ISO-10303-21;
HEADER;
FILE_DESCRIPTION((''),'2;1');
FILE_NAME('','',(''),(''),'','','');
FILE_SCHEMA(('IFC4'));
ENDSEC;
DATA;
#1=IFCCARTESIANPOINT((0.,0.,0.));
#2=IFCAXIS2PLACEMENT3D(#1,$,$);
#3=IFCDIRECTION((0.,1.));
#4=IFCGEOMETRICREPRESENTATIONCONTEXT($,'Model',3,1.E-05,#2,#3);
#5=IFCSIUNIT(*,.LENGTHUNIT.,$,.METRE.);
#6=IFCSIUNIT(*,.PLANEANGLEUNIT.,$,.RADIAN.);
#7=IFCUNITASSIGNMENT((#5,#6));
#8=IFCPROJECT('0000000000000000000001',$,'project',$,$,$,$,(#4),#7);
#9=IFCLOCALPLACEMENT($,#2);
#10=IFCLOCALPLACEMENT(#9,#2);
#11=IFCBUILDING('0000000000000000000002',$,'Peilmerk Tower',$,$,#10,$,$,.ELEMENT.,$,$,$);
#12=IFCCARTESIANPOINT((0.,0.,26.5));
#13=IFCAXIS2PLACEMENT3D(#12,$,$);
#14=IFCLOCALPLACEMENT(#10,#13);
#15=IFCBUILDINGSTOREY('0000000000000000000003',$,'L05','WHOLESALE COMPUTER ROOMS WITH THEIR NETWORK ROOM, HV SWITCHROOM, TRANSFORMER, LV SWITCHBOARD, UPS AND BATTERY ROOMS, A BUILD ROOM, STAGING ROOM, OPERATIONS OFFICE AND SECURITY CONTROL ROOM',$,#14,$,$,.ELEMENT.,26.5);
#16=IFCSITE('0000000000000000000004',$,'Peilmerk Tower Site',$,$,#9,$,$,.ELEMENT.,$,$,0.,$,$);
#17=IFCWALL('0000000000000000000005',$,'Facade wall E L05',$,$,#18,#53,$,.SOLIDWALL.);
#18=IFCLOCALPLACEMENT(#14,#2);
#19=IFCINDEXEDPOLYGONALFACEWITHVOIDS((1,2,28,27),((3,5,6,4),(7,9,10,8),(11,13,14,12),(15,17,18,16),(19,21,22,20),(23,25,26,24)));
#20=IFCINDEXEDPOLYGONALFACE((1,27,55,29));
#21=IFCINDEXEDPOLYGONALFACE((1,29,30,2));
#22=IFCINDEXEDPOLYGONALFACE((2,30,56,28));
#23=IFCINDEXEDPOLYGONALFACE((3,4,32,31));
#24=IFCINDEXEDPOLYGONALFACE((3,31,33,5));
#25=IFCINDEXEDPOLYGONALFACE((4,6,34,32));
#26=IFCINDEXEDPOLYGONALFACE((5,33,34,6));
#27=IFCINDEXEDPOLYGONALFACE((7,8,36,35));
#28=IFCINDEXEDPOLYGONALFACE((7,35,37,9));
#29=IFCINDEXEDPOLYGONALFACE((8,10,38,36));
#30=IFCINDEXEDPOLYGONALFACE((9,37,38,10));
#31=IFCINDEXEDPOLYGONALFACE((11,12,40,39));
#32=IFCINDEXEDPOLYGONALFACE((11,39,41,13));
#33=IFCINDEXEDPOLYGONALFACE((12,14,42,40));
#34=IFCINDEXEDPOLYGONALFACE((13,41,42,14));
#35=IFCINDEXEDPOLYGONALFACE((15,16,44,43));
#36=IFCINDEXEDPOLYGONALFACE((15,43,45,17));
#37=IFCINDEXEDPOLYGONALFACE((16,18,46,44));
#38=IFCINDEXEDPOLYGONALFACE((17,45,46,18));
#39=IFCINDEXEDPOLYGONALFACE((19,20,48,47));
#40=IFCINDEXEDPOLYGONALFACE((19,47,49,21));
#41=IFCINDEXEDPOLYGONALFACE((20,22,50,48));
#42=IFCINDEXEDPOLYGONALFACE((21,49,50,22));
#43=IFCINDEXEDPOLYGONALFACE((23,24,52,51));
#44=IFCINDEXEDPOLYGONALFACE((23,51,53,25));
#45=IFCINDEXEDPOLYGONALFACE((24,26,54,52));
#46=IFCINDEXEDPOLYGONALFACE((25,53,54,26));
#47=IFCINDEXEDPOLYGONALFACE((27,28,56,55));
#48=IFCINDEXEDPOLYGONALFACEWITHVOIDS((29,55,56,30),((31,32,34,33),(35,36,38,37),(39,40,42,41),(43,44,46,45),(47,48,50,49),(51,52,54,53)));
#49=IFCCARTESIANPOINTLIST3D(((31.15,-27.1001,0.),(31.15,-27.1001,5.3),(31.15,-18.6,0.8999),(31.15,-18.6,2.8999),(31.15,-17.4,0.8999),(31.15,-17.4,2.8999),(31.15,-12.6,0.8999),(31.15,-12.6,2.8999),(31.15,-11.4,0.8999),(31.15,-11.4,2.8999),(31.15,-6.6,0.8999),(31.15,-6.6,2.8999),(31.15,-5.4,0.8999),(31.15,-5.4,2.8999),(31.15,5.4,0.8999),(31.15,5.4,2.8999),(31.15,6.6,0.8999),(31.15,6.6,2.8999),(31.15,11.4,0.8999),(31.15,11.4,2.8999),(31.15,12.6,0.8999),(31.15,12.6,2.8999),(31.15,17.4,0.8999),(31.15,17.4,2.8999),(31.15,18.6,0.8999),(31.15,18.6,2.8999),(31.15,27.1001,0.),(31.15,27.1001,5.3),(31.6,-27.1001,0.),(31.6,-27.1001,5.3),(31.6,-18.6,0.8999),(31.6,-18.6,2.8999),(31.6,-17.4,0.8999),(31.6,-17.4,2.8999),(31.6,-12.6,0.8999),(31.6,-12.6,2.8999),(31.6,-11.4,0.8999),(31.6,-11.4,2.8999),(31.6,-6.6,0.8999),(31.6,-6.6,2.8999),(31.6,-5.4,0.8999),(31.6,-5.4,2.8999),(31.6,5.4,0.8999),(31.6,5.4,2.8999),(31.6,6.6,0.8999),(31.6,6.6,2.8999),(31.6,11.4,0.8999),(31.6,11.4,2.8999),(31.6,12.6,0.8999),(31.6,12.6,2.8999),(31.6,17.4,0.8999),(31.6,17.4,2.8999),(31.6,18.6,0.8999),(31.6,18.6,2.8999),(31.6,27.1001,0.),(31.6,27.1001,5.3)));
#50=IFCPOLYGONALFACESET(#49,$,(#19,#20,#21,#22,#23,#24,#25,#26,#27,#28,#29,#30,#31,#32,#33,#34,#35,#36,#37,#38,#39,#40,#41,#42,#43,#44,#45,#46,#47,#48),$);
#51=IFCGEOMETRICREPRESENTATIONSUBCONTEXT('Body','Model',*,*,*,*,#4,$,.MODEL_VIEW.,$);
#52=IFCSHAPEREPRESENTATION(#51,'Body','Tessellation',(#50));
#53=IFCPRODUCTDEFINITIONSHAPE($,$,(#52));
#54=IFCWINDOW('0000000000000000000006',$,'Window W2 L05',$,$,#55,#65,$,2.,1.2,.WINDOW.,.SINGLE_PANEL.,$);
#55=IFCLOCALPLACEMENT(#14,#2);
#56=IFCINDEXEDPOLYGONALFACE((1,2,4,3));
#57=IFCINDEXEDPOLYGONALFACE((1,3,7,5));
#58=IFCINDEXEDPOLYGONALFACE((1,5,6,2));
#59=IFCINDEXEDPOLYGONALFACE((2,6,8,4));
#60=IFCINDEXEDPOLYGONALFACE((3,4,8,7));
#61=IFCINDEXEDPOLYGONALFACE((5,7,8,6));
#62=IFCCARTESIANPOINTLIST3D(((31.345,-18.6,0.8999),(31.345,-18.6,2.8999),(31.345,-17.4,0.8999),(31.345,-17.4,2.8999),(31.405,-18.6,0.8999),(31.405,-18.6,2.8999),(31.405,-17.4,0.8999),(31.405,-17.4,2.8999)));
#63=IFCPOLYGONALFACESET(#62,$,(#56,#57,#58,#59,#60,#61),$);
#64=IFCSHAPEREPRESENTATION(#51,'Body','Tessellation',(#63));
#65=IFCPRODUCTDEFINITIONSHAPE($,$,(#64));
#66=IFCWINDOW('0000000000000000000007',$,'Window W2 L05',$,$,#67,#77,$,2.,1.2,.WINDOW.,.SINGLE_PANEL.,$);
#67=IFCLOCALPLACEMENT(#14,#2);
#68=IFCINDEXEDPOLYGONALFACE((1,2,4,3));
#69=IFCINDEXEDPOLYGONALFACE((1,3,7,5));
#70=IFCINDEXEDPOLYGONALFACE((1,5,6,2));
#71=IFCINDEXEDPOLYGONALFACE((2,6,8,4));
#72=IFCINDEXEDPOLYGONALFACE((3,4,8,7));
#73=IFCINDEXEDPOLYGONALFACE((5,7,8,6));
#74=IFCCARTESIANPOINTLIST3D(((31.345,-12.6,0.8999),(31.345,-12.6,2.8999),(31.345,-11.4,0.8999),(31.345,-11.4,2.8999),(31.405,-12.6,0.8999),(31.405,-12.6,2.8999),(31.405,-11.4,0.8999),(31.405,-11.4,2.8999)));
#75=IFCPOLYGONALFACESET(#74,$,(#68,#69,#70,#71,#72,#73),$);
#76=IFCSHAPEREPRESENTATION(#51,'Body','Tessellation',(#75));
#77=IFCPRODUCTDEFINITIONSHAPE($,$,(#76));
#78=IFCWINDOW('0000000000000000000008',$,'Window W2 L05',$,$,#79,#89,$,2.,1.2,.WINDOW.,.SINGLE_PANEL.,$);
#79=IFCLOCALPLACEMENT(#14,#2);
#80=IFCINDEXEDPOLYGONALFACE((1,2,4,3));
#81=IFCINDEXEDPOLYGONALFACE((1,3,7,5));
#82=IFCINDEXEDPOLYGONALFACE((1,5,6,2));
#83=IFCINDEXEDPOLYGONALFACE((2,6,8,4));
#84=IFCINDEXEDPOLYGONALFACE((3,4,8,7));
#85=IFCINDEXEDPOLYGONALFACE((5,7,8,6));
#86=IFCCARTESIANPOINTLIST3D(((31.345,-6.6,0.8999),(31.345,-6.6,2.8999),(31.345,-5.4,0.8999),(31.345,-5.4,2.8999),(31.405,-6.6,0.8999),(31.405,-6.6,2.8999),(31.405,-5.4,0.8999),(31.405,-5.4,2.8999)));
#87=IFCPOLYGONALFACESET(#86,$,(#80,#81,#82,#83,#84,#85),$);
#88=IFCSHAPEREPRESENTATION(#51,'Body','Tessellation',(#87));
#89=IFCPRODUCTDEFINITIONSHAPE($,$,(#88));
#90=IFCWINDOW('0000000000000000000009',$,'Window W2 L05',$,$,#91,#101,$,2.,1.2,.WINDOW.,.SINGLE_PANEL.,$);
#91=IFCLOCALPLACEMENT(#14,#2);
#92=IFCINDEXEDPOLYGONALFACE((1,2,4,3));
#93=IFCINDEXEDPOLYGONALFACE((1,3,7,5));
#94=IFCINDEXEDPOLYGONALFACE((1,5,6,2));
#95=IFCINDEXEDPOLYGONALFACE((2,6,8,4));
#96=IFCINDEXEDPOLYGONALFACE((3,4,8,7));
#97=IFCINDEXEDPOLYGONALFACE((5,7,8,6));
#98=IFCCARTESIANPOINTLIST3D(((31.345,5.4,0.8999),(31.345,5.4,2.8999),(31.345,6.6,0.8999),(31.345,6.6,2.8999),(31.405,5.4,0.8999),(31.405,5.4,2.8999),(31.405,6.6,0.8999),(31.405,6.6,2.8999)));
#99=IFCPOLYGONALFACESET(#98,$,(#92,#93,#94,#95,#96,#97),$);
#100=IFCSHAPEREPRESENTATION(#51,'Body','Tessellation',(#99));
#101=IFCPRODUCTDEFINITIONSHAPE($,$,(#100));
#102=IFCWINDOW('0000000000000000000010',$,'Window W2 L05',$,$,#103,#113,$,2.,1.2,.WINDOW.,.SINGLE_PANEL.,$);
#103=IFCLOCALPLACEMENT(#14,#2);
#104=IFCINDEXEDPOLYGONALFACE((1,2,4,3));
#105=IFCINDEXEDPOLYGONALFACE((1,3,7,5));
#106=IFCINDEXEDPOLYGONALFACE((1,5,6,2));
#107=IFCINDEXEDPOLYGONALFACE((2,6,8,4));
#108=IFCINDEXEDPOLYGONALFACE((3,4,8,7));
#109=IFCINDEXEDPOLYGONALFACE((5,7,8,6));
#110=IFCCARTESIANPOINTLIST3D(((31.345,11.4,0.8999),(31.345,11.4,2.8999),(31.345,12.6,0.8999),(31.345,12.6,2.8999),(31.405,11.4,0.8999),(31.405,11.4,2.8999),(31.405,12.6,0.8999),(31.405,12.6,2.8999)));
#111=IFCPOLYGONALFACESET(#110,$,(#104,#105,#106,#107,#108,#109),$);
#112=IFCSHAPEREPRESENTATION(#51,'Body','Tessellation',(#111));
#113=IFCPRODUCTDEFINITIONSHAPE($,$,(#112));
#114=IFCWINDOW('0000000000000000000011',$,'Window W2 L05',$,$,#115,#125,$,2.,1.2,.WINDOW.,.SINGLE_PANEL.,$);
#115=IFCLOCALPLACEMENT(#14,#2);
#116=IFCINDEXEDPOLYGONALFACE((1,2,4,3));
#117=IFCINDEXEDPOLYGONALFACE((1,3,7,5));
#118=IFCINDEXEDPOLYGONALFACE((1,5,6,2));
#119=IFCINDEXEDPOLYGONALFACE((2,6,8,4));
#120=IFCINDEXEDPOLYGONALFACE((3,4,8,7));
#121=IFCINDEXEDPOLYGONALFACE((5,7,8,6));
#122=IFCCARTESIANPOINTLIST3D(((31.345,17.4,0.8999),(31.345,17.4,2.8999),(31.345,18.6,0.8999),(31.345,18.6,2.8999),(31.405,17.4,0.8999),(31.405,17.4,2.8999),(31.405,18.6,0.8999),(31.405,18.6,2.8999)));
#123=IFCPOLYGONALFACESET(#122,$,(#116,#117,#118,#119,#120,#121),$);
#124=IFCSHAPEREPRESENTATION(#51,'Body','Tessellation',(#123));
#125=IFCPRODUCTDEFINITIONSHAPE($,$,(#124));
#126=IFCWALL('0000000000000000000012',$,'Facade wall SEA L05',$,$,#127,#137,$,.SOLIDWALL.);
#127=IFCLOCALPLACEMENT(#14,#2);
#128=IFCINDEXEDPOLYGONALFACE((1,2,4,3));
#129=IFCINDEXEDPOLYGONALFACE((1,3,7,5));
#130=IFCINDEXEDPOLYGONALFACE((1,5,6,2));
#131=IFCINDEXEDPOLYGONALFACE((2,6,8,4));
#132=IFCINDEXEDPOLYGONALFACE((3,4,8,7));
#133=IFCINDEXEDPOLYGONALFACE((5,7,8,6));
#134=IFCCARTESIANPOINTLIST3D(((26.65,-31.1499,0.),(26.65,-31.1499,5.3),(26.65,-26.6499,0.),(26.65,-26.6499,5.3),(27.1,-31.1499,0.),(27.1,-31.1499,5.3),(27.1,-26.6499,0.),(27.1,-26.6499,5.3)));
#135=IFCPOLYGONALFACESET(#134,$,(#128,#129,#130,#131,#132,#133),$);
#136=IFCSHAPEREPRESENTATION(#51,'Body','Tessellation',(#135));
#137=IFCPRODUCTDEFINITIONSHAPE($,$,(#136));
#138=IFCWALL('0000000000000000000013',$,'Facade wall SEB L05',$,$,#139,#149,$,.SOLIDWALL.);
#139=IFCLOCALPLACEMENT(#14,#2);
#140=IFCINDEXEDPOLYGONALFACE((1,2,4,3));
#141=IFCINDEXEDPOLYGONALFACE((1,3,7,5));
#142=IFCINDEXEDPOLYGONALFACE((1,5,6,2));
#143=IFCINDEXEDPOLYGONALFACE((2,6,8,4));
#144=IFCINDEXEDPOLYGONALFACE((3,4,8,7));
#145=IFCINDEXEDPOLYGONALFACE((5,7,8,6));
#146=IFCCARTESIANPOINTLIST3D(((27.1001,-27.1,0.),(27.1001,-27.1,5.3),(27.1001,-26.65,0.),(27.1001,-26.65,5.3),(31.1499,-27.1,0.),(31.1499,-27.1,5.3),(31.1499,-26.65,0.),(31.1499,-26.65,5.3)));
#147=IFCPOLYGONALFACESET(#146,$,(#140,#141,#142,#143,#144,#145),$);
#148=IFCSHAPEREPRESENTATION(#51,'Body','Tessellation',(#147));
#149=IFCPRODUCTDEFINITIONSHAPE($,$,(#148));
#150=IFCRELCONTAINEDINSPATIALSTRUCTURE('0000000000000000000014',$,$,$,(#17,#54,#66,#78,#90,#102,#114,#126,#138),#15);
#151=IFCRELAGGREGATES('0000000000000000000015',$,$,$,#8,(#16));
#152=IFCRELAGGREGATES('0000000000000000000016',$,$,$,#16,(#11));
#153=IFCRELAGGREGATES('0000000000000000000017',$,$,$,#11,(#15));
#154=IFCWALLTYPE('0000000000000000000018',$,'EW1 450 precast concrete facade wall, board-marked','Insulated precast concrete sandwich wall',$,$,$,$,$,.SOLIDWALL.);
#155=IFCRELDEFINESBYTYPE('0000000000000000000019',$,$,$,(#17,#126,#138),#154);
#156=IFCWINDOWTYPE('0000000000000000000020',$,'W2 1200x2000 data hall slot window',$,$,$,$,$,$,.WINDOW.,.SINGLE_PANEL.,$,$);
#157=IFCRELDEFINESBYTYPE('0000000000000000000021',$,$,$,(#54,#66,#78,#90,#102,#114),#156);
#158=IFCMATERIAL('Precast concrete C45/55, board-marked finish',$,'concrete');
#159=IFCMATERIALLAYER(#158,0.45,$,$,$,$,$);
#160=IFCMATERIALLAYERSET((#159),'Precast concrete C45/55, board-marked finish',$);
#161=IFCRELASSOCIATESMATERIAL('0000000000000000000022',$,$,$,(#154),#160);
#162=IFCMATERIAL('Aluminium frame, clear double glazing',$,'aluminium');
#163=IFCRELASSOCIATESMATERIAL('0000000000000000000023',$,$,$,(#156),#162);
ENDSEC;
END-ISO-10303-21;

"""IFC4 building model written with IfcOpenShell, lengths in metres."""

from ifc_helpers import new_model, si_unit, direction, frame, frame_2d, origin, place, context, subcontext, project, spatial, rectangle, extrude, material, layer, layer_set, type_object, element, fill, save


model = new_model("IFC4")

# Units and contexts
model_context = context("Model", 3, precision=1e-05, world=origin(), true_north=direction((0.0, 1.0)))
body_context = subcontext(model_context, "Body", "Model", "MODEL_VIEW")
ifc_project = project(units=[si_unit("LENGTHUNIT", "METRE"), si_unit("PLANEANGLEUNIT", "RADIAN")], contexts=[model_context])

# Site, building, storey
site_placement = place(None, origin())
site = spatial("IfcSite", under=ifc_project, at=site_placement, Name="Peilmerk Tower Site", CompositionType="ELEMENT", RefElevation=0.0)
building_placement = place(site_placement, origin())
building = spatial("IfcBuilding", under=site, at=building_placement, Name="Peilmerk Tower", CompositionType="ELEMENT")
storey_placement = place(building_placement, frame((0.0, 0.0, 26.5)))
storey = spatial("IfcBuildingStorey", under=building, at=storey_placement, Name="L05", Description="WHOLESALE COMPUTER ROOMS WITH THEIR NETWORK ROOM, HV SWITCHROOM, TRANSFORMER, LV SWITCHBOARD, UPS AND BATTERY ROOMS, A BUILD ROOM, STAGING ROOM, OPERATIONS OFFICE AND SECURITY CONTROL ROOM", CompositionType="ELEMENT", Elevation=26.5)

# Wall, openings, windows
ifc_material_1 = material(Name="Precast concrete C45/55, board-marked finish", Category="concrete")
ifc_layer = layer(ifc_material_1, 0.45)
ifc_layer_set = layer_set([ifc_layer], Name="Precast concrete C45/55, board-marked finish")
wall_type = type_object("IfcWallType", Name="EW1 450 precast concrete facade wall, board-marked", Description="Insulated precast concrete sandwich wall", PredefinedType="SOLIDWALL", material=ifc_layer_set)
wall_1_placement = place(storey_placement, frame((31.375, -27.1001, 0.0), z_axis=(0.0, 0.0, 1.0), x_axis=(0.0, 1.0, 0.0)))
wall_1 = element("IfcWall", 1, at=wall_1_placement, inside=storey, type_object=wall_type, Name="Facade wall E L05", PredefinedType="SOLIDWALL", context=body_context, shape_type="SweptSolid", body=[
    extrude(rectangle(XDim=54.2002, YDim=0.45, at=frame_2d((27.1001, 0.0))), origin(), (0.0, 0.0, 1.0), 5.3),
])
opening_1_placement = place(wall_1_placement, frame((8.5, 0.0, 0.8999)))
opening_1 = element("IfcOpeningElement", 2, at=opening_1_placement, cuts=wall_1, PredefinedType="OPENING", context=body_context, shape_type="SweptSolid", body=[
    extrude(rectangle(XDim=1.2, YDim=2.0, at=frame_2d((0.6001, 1.0))), frame((0.0, 0.2349, 0.0), z_axis=(0.0, -1.0, 0.0), x_axis=(1.0, 0.0, 0.0)), (0.0, 0.0, 1.0), 0.47),
])
opening_2_placement = place(wall_1_placement, frame((14.5, 0.0, 0.8999)))
opening_2 = element("IfcOpeningElement", 3, at=opening_2_placement, cuts=wall_1, PredefinedType="OPENING", context=body_context, shape_type="SweptSolid", body=[
    extrude(rectangle(XDim=1.2, YDim=2.0, at=frame_2d((0.6001, 1.0))), frame((0.0, 0.2349, 0.0), z_axis=(0.0, -1.0, 0.0), x_axis=(1.0, 0.0, 0.0)), (0.0, 0.0, 1.0), 0.47),
])
opening_3_placement = place(wall_1_placement, frame((20.5, 0.0, 0.8999)))
opening_3 = element("IfcOpeningElement", 4, at=opening_3_placement, cuts=wall_1, PredefinedType="OPENING", context=body_context, shape_type="SweptSolid", body=[
    extrude(rectangle(XDim=1.2, YDim=2.0, at=frame_2d((0.6001, 1.0))), frame((0.0, 0.2349, 0.0), z_axis=(0.0, -1.0, 0.0), x_axis=(1.0, 0.0, 0.0)), (0.0, 0.0, 1.0), 0.47),
])
opening_4_placement = place(wall_1_placement, frame((32.5, 0.0, 0.8999)))
opening_4 = element("IfcOpeningElement", 5, at=opening_4_placement, cuts=wall_1, PredefinedType="OPENING", context=body_context, shape_type="SweptSolid", body=[
    extrude(rectangle(XDim=1.2, YDim=2.0, at=frame_2d((0.6001, 1.0))), frame((0.0, 0.2349, 0.0), z_axis=(0.0, -1.0, 0.0), x_axis=(1.0, 0.0, 0.0)), (0.0, 0.0, 1.0), 0.47),
])
opening_5_placement = place(wall_1_placement, frame((38.5, 0.0, 0.8999)))
opening_5 = element("IfcOpeningElement", 6, at=opening_5_placement, cuts=wall_1, PredefinedType="OPENING", context=body_context, shape_type="SweptSolid", body=[
    extrude(rectangle(XDim=1.2, YDim=2.0, at=frame_2d((0.6001, 1.0))), frame((0.0, 0.2349, 0.0), z_axis=(0.0, -1.0, 0.0), x_axis=(1.0, 0.0, 0.0)), (0.0, 0.0, 1.0), 0.47),
])
opening_6_placement = place(wall_1_placement, frame((44.5, 0.0, 0.8999)))
opening_6 = element("IfcOpeningElement", 7, at=opening_6_placement, cuts=wall_1, PredefinedType="OPENING", context=body_context, shape_type="SweptSolid", body=[
    extrude(rectangle(XDim=1.2, YDim=2.0, at=frame_2d((0.6001, 1.0))), frame((0.0, 0.2349, 0.0), z_axis=(0.0, -1.0, 0.0), x_axis=(1.0, 0.0, 0.0)), (0.0, 0.0, 1.0), 0.47),
])
ifc_material_2 = material(Name="Aluminium frame, clear double glazing", Category="aluminium")
window_type = type_object("IfcWindowType", Name="W2 1200x2000 data hall slot window", PartitioningType="SINGLE_PANEL", PredefinedType="WINDOW", material=ifc_material_2)
window_1_placement = place(opening_1_placement, origin())
window_1 = element("IfcWindow", 8, at=window_1_placement, inside=storey, type_object=window_type, Name="Window W2 L05", OverallHeight=2.0, OverallWidth=1.2, PartitioningType="SINGLE_PANEL", PredefinedType="WINDOW", context=body_context, shape_type="SweptSolid", body=[
    extrude(rectangle(XDim=1.2, YDim=2.0, at=frame_2d((0.6001, 1.0))), frame((0.0, 0.03, 0.0), z_axis=(0.0, -1.0, 0.0), x_axis=(1.0, 0.0, 0.0)), (0.0, 0.0, 1.0), 0.0601),
])
fill(opening_1, window_1)
window_2_placement = place(opening_2_placement, origin())
window_2 = element("IfcWindow", 9, at=window_2_placement, inside=storey, type_object=window_type, Name="Window W2 L05", OverallHeight=2.0, OverallWidth=1.2, PartitioningType="SINGLE_PANEL", PredefinedType="WINDOW", context=body_context, shape_type="SweptSolid", body=[
    extrude(rectangle(XDim=1.2, YDim=2.0, at=frame_2d((0.6001, 1.0))), frame((0.0, 0.03, 0.0), z_axis=(0.0, -1.0, 0.0), x_axis=(1.0, 0.0, 0.0)), (0.0, 0.0, 1.0), 0.0601),
])
fill(opening_2, window_2)
window_3_placement = place(opening_3_placement, origin())
window_3 = element("IfcWindow", 10, at=window_3_placement, inside=storey, type_object=window_type, Name="Window W2 L05", OverallHeight=2.0, OverallWidth=1.2, PartitioningType="SINGLE_PANEL", PredefinedType="WINDOW", context=body_context, shape_type="SweptSolid", body=[
    extrude(rectangle(XDim=1.2, YDim=2.0, at=frame_2d((0.6001, 1.0))), frame((0.0, 0.03, 0.0), z_axis=(0.0, -1.0, 0.0), x_axis=(1.0, 0.0, 0.0)), (0.0, 0.0, 1.0), 0.0601),
])
fill(opening_3, window_3)
window_4_placement = place(opening_4_placement, origin())
window_4 = element("IfcWindow", 11, at=window_4_placement, inside=storey, type_object=window_type, Name="Window W2 L05", OverallHeight=2.0, OverallWidth=1.2, PartitioningType="SINGLE_PANEL", PredefinedType="WINDOW", context=body_context, shape_type="SweptSolid", body=[
    extrude(rectangle(XDim=1.2, YDim=2.0, at=frame_2d((0.6001, 1.0))), frame((0.0, 0.03, 0.0), z_axis=(0.0, -1.0, 0.0), x_axis=(1.0, 0.0, 0.0)), (0.0, 0.0, 1.0), 0.0601),
])
fill(opening_4, window_4)
window_5_placement = place(opening_5_placement, origin())
window_5 = element("IfcWindow", 12, at=window_5_placement, inside=storey, type_object=window_type, Name="Window W2 L05", OverallHeight=2.0, OverallWidth=1.2, PartitioningType="SINGLE_PANEL", PredefinedType="WINDOW", context=body_context, shape_type="SweptSolid", body=[
    extrude(rectangle(XDim=1.2, YDim=2.0, at=frame_2d((0.6001, 1.0))), frame((0.0, 0.03, 0.0), z_axis=(0.0, -1.0, 0.0), x_axis=(1.0, 0.0, 0.0)), (0.0, 0.0, 1.0), 0.0601),
])
fill(opening_5, window_5)
window_6_placement = place(opening_6_placement, origin())
window_6 = element("IfcWindow", 13, at=window_6_placement, inside=storey, type_object=window_type, Name="Window W2 L05", OverallHeight=2.0, OverallWidth=1.2, PartitioningType="SINGLE_PANEL", PredefinedType="WINDOW", context=body_context, shape_type="SweptSolid", body=[
    extrude(rectangle(XDim=1.2, YDim=2.0, at=frame_2d((0.6001, 1.0))), frame((0.0, 0.03, 0.0), z_axis=(0.0, -1.0, 0.0), x_axis=(1.0, 0.0, 0.0)), (0.0, 0.0, 1.0), 0.0601),
])
fill(opening_6, window_6)

# Walls
wall_2_placement = place(storey_placement, frame((26.875, -26.6499, 0.0), z_axis=(0.0, 0.0, 1.0), x_axis=(0.0, -1.0, 0.0)))
element("IfcWall", 14, at=wall_2_placement, inside=storey, type_object=wall_type, Name="Facade wall SEA L05", PredefinedType="SOLIDWALL", context=body_context, shape_type="SweptSolid", body=[
    extrude(rectangle(XDim=4.5, YDim=0.45, at=frame_2d((2.25, 0.0))), origin(), (0.0, 0.0, 1.0), 5.3),
])
wall_3_placement = place(storey_placement, frame((27.1001, -26.875, 0.0), z_axis=(0.0, 0.0, 1.0), x_axis=(1.0, 0.0, 0.0)))
element("IfcWall", 15, at=wall_3_placement, inside=storey, type_object=wall_type, Name="Facade wall SEB L05", PredefinedType="SOLIDWALL", context=body_context, shape_type="SweptSolid", body=[
    extrude(rectangle(XDim=4.0498, YDim=0.45, at=frame_2d((2.0249, 0.0))), origin(), (0.0, 0.0, 1.0), 5.3),
])

save(model, "model.ifc")
